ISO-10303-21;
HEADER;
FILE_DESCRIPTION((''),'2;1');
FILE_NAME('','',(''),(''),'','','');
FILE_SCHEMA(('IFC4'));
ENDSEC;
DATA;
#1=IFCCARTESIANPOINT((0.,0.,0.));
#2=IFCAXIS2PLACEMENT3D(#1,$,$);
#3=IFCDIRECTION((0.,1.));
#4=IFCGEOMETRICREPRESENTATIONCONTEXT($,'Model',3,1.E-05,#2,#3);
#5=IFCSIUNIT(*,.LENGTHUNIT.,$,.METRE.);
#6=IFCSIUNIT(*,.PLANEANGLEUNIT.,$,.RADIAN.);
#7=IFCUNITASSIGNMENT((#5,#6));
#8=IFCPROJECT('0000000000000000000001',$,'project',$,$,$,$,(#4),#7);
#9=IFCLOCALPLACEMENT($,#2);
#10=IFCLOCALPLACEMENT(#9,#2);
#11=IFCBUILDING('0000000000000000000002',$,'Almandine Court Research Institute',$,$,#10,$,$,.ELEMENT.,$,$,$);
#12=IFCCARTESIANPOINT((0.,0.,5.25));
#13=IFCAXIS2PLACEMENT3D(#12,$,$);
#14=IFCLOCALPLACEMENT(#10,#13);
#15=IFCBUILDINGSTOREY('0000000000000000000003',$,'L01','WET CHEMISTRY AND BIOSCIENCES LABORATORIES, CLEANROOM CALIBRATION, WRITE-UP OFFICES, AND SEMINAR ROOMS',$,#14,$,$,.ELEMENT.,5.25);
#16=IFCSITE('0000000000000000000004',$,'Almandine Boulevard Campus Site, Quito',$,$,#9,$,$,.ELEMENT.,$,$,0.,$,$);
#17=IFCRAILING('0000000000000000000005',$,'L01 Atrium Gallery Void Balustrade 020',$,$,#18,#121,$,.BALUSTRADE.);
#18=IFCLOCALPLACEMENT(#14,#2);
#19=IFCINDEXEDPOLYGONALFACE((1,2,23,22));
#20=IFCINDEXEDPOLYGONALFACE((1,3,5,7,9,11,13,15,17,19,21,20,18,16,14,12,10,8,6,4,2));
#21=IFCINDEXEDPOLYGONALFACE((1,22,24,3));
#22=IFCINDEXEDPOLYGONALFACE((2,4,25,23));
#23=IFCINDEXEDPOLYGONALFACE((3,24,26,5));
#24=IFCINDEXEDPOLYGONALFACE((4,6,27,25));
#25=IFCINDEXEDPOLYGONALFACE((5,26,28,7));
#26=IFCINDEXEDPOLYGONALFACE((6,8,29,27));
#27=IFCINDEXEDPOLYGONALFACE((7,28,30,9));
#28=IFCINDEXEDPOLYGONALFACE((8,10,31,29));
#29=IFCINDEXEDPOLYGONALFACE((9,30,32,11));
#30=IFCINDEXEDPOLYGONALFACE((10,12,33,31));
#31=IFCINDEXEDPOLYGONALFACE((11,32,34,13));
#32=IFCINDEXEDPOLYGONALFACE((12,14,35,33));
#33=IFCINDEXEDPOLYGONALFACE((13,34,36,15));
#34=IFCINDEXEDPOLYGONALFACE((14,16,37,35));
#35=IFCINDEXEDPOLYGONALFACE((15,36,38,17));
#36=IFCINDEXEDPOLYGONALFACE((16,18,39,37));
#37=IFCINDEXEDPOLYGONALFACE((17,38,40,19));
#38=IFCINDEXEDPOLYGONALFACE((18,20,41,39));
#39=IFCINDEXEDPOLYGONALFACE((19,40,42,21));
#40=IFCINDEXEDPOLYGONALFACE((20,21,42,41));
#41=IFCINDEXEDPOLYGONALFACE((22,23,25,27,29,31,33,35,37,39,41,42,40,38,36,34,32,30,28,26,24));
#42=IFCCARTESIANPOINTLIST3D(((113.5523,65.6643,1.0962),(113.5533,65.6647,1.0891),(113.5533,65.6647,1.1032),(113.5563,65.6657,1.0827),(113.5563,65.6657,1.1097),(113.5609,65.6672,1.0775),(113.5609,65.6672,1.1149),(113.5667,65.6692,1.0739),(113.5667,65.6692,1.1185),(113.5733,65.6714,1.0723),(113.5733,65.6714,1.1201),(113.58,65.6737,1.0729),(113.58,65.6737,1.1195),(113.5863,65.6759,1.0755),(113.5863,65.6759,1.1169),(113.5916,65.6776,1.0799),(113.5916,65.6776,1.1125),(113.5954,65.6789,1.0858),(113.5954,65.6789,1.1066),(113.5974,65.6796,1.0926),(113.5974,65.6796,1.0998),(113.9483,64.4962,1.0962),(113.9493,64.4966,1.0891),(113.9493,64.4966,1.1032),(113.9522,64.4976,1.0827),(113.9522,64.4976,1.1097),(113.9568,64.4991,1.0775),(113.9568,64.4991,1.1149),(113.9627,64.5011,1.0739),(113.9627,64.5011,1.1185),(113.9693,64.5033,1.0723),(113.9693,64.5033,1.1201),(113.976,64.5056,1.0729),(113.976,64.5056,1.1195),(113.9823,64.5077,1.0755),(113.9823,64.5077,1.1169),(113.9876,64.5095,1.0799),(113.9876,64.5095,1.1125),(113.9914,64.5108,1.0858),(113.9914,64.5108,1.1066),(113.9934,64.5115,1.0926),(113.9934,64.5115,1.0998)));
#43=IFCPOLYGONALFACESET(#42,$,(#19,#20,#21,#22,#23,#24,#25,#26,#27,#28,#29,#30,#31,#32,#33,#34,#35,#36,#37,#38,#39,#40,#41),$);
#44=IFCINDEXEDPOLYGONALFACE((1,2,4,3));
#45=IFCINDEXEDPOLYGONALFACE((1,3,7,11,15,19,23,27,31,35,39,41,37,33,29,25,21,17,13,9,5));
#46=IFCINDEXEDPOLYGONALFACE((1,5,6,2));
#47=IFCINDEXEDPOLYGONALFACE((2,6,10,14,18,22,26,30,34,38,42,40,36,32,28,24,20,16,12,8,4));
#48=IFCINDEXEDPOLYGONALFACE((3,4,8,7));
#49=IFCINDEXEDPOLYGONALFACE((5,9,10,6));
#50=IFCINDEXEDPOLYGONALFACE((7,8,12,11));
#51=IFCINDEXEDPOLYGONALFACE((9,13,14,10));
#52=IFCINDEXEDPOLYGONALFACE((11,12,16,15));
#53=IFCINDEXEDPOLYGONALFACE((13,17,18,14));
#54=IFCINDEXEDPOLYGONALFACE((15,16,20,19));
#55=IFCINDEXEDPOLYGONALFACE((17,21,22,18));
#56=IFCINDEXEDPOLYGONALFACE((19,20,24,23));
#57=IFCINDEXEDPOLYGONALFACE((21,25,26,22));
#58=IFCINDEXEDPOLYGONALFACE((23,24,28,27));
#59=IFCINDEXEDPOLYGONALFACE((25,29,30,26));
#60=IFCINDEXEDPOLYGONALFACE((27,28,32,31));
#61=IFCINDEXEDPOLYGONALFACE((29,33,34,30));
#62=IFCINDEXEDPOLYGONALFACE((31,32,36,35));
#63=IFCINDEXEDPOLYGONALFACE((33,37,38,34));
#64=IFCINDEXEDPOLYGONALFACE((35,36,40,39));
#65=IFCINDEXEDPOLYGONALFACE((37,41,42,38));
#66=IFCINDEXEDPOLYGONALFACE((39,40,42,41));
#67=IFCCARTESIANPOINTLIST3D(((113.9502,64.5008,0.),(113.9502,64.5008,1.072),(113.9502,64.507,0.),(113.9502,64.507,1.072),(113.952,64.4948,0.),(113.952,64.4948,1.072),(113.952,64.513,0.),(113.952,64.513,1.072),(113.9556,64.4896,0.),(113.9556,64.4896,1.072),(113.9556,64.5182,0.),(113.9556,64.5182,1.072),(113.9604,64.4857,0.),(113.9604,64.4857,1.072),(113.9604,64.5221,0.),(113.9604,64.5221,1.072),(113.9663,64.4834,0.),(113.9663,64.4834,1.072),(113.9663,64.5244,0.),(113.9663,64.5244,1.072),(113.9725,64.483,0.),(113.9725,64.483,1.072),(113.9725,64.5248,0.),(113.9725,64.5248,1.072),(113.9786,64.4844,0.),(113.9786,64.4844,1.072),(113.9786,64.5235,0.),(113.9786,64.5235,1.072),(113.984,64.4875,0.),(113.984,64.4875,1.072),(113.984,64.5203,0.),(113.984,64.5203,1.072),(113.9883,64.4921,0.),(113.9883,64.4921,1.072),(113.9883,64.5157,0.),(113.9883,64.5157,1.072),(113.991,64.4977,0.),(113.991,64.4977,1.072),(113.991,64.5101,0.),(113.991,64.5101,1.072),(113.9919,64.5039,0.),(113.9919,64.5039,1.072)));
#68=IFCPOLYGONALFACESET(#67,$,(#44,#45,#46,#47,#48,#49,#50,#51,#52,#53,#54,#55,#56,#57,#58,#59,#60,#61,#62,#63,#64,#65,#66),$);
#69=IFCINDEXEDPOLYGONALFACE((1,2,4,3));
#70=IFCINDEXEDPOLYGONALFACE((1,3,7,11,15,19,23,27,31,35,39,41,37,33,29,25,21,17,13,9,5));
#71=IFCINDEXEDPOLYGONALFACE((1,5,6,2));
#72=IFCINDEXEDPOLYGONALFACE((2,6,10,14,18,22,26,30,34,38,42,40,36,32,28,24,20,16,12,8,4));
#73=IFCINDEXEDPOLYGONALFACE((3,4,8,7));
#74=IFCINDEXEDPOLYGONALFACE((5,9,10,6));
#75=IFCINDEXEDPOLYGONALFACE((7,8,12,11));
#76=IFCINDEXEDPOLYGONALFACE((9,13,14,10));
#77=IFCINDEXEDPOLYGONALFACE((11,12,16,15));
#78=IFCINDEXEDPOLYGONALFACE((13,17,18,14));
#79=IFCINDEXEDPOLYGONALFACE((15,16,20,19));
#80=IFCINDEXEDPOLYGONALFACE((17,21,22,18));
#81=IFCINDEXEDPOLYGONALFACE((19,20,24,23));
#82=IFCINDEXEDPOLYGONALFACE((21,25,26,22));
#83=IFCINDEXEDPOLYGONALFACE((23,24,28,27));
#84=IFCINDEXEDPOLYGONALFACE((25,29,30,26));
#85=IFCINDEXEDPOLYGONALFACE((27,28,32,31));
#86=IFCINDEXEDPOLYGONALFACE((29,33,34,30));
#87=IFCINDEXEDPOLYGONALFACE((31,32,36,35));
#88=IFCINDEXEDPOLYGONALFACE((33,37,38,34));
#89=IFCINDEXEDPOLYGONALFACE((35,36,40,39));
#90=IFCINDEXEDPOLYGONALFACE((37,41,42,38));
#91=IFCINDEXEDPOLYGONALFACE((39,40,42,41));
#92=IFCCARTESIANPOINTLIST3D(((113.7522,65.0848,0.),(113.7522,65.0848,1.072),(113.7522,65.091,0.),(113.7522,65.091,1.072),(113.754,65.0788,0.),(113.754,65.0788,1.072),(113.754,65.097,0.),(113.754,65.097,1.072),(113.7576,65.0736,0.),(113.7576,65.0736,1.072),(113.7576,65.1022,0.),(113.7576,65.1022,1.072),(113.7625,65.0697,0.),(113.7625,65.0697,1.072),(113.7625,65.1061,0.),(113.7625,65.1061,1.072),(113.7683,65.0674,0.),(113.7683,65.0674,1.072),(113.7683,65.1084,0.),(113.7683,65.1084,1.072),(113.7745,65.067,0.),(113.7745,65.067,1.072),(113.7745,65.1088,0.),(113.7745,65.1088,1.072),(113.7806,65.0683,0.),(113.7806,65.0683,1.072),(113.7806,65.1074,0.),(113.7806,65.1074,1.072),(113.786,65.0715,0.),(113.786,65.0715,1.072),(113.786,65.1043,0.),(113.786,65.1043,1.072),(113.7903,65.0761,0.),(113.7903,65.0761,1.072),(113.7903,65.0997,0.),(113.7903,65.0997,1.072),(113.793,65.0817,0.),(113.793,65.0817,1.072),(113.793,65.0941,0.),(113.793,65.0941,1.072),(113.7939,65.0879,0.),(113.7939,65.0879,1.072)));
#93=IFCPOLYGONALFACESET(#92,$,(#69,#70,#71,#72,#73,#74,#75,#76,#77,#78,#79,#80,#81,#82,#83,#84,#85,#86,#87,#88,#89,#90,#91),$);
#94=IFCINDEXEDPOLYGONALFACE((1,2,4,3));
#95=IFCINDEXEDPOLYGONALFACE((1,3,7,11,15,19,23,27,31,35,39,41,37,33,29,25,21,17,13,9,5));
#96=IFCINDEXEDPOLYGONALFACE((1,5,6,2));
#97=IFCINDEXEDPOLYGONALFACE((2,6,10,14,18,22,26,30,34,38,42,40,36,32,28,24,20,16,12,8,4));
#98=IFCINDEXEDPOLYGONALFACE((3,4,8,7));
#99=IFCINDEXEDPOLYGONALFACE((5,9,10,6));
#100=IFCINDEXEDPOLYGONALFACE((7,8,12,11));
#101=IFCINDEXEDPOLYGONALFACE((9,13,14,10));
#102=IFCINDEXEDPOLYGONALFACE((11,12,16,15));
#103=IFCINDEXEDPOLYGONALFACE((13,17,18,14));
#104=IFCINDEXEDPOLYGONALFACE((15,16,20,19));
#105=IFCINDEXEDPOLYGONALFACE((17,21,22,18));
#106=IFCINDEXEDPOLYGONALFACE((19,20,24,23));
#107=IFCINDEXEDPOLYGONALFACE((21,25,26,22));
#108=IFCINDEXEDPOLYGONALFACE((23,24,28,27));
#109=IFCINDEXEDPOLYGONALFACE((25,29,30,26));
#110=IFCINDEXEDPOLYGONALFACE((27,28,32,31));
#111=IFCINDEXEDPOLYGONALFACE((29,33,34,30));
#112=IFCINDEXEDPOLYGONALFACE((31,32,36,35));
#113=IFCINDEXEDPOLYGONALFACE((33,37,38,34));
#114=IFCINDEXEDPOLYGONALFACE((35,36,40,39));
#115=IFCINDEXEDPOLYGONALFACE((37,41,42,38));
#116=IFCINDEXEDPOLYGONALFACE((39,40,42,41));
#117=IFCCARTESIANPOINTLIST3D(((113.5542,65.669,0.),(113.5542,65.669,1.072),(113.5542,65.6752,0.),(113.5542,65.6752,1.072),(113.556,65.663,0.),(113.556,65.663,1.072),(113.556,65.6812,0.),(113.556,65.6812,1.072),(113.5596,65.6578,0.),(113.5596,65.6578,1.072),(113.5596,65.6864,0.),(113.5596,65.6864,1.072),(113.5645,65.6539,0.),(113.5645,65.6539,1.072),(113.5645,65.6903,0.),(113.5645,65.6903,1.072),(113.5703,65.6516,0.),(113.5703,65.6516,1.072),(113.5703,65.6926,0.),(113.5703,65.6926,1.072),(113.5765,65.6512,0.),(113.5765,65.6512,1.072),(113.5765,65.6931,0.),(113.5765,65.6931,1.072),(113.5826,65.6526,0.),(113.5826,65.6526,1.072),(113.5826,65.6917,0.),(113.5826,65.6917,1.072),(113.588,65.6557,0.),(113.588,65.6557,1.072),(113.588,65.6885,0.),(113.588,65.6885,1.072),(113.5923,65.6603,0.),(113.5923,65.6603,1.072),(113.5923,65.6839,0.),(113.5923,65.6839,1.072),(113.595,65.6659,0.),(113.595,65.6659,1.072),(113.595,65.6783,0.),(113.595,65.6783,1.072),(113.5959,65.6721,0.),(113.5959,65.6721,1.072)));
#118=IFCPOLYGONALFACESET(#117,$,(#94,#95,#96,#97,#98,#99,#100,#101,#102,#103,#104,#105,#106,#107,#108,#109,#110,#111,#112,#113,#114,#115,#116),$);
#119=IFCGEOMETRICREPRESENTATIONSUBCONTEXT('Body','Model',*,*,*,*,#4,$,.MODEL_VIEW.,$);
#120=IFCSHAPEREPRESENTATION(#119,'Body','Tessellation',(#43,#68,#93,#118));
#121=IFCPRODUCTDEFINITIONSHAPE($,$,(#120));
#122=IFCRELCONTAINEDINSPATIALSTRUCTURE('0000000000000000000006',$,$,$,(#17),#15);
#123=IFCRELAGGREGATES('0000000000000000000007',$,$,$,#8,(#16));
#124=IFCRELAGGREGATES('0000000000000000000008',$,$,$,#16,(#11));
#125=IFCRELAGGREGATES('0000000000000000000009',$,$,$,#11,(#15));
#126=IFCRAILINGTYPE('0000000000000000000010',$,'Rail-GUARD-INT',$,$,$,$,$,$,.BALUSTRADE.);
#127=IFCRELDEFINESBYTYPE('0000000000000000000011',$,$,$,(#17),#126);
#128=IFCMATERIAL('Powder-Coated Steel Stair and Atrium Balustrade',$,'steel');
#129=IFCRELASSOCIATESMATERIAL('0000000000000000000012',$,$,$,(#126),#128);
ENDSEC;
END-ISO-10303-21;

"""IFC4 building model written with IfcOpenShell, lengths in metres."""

from ifc_helpers import new_model, si_unit, direction, frame, origin, origin_2d, place, context, subcontext, project, spatial, circle, extrude, material, type_object, element, save


model = new_model("IFC4")

# Units and contexts
model_context = context("Model", 3, precision=1e-05, world=origin(), true_north=direction((0.0, 1.0)))
body_context = subcontext(model_context, "Body", "Model", "MODEL_VIEW")
ifc_project = project(units=[si_unit("LENGTHUNIT", "METRE"), si_unit("PLANEANGLEUNIT", "RADIAN")], contexts=[model_context])

# Site, building, storey
site_placement = place(None, origin())
site = spatial("IfcSite", under=ifc_project, at=site_placement, Name="Almandine Boulevard Campus Site, Quito", CompositionType="ELEMENT", RefElevation=0.0)
building_placement = place(site_placement, origin())
building = spatial("IfcBuilding", under=site, at=building_placement, Name="Almandine Court Research Institute", CompositionType="ELEMENT")
storey_placement = place(building_placement, frame((0.0, 0.0, 5.25)))
storey = spatial("IfcBuildingStorey", under=building, at=storey_placement, Name="L01", Description="WET CHEMISTRY AND BIOSCIENCES LABORATORIES, CLEANROOM CALIBRATION, WRITE-UP OFFICES, AND SEMINAR ROOMS", CompositionType="ELEMENT", Elevation=5.25)

# Railing
ifc_material_1 = material(Name="Powder-Coated Steel Stair and Atrium Balustrade", Category="steel")
railing_type = type_object("IfcRailingType", Name="Rail-GUARD-INT", PredefinedType="BALUSTRADE", material=ifc_material_1)
railing_1_placement = place(storey_placement, frame((113.9709, 64.5039, 0.0)))
element("IfcRailing", 1, at=railing_1_placement, inside=storey, type_object=railing_type, Name="L01 Atrium Gallery Void Balustrade 020", PredefinedType="BALUSTRADE", context=body_context, shape_type="SweptSolid", body=[
    extrude(circle(Radius=0.0239, at=origin_2d()), frame((0.0, 0.0, 1.0962), z_axis=(-0.321033, 0.947068, 0.0), x_axis=(-0.947068, -0.321033, 0.0)), (0.0, 0.0, 1.0), 1.2334),
    extrude(circle(Radius=0.021, at=origin_2d()), origin(), (0.0, 0.0, 1.0), 1.072),
    extrude(circle(Radius=0.021, at=origin_2d()), frame((-0.198, 0.584, 0.0)), (0.0, 0.0, 1.0), 1.072),
    extrude(circle(Radius=0.021, at=origin_2d()), frame((-0.396, 1.1682, 0.0)), (0.0, 0.0, 1.0), 1.072),
])

save(model, "model.ifc")
